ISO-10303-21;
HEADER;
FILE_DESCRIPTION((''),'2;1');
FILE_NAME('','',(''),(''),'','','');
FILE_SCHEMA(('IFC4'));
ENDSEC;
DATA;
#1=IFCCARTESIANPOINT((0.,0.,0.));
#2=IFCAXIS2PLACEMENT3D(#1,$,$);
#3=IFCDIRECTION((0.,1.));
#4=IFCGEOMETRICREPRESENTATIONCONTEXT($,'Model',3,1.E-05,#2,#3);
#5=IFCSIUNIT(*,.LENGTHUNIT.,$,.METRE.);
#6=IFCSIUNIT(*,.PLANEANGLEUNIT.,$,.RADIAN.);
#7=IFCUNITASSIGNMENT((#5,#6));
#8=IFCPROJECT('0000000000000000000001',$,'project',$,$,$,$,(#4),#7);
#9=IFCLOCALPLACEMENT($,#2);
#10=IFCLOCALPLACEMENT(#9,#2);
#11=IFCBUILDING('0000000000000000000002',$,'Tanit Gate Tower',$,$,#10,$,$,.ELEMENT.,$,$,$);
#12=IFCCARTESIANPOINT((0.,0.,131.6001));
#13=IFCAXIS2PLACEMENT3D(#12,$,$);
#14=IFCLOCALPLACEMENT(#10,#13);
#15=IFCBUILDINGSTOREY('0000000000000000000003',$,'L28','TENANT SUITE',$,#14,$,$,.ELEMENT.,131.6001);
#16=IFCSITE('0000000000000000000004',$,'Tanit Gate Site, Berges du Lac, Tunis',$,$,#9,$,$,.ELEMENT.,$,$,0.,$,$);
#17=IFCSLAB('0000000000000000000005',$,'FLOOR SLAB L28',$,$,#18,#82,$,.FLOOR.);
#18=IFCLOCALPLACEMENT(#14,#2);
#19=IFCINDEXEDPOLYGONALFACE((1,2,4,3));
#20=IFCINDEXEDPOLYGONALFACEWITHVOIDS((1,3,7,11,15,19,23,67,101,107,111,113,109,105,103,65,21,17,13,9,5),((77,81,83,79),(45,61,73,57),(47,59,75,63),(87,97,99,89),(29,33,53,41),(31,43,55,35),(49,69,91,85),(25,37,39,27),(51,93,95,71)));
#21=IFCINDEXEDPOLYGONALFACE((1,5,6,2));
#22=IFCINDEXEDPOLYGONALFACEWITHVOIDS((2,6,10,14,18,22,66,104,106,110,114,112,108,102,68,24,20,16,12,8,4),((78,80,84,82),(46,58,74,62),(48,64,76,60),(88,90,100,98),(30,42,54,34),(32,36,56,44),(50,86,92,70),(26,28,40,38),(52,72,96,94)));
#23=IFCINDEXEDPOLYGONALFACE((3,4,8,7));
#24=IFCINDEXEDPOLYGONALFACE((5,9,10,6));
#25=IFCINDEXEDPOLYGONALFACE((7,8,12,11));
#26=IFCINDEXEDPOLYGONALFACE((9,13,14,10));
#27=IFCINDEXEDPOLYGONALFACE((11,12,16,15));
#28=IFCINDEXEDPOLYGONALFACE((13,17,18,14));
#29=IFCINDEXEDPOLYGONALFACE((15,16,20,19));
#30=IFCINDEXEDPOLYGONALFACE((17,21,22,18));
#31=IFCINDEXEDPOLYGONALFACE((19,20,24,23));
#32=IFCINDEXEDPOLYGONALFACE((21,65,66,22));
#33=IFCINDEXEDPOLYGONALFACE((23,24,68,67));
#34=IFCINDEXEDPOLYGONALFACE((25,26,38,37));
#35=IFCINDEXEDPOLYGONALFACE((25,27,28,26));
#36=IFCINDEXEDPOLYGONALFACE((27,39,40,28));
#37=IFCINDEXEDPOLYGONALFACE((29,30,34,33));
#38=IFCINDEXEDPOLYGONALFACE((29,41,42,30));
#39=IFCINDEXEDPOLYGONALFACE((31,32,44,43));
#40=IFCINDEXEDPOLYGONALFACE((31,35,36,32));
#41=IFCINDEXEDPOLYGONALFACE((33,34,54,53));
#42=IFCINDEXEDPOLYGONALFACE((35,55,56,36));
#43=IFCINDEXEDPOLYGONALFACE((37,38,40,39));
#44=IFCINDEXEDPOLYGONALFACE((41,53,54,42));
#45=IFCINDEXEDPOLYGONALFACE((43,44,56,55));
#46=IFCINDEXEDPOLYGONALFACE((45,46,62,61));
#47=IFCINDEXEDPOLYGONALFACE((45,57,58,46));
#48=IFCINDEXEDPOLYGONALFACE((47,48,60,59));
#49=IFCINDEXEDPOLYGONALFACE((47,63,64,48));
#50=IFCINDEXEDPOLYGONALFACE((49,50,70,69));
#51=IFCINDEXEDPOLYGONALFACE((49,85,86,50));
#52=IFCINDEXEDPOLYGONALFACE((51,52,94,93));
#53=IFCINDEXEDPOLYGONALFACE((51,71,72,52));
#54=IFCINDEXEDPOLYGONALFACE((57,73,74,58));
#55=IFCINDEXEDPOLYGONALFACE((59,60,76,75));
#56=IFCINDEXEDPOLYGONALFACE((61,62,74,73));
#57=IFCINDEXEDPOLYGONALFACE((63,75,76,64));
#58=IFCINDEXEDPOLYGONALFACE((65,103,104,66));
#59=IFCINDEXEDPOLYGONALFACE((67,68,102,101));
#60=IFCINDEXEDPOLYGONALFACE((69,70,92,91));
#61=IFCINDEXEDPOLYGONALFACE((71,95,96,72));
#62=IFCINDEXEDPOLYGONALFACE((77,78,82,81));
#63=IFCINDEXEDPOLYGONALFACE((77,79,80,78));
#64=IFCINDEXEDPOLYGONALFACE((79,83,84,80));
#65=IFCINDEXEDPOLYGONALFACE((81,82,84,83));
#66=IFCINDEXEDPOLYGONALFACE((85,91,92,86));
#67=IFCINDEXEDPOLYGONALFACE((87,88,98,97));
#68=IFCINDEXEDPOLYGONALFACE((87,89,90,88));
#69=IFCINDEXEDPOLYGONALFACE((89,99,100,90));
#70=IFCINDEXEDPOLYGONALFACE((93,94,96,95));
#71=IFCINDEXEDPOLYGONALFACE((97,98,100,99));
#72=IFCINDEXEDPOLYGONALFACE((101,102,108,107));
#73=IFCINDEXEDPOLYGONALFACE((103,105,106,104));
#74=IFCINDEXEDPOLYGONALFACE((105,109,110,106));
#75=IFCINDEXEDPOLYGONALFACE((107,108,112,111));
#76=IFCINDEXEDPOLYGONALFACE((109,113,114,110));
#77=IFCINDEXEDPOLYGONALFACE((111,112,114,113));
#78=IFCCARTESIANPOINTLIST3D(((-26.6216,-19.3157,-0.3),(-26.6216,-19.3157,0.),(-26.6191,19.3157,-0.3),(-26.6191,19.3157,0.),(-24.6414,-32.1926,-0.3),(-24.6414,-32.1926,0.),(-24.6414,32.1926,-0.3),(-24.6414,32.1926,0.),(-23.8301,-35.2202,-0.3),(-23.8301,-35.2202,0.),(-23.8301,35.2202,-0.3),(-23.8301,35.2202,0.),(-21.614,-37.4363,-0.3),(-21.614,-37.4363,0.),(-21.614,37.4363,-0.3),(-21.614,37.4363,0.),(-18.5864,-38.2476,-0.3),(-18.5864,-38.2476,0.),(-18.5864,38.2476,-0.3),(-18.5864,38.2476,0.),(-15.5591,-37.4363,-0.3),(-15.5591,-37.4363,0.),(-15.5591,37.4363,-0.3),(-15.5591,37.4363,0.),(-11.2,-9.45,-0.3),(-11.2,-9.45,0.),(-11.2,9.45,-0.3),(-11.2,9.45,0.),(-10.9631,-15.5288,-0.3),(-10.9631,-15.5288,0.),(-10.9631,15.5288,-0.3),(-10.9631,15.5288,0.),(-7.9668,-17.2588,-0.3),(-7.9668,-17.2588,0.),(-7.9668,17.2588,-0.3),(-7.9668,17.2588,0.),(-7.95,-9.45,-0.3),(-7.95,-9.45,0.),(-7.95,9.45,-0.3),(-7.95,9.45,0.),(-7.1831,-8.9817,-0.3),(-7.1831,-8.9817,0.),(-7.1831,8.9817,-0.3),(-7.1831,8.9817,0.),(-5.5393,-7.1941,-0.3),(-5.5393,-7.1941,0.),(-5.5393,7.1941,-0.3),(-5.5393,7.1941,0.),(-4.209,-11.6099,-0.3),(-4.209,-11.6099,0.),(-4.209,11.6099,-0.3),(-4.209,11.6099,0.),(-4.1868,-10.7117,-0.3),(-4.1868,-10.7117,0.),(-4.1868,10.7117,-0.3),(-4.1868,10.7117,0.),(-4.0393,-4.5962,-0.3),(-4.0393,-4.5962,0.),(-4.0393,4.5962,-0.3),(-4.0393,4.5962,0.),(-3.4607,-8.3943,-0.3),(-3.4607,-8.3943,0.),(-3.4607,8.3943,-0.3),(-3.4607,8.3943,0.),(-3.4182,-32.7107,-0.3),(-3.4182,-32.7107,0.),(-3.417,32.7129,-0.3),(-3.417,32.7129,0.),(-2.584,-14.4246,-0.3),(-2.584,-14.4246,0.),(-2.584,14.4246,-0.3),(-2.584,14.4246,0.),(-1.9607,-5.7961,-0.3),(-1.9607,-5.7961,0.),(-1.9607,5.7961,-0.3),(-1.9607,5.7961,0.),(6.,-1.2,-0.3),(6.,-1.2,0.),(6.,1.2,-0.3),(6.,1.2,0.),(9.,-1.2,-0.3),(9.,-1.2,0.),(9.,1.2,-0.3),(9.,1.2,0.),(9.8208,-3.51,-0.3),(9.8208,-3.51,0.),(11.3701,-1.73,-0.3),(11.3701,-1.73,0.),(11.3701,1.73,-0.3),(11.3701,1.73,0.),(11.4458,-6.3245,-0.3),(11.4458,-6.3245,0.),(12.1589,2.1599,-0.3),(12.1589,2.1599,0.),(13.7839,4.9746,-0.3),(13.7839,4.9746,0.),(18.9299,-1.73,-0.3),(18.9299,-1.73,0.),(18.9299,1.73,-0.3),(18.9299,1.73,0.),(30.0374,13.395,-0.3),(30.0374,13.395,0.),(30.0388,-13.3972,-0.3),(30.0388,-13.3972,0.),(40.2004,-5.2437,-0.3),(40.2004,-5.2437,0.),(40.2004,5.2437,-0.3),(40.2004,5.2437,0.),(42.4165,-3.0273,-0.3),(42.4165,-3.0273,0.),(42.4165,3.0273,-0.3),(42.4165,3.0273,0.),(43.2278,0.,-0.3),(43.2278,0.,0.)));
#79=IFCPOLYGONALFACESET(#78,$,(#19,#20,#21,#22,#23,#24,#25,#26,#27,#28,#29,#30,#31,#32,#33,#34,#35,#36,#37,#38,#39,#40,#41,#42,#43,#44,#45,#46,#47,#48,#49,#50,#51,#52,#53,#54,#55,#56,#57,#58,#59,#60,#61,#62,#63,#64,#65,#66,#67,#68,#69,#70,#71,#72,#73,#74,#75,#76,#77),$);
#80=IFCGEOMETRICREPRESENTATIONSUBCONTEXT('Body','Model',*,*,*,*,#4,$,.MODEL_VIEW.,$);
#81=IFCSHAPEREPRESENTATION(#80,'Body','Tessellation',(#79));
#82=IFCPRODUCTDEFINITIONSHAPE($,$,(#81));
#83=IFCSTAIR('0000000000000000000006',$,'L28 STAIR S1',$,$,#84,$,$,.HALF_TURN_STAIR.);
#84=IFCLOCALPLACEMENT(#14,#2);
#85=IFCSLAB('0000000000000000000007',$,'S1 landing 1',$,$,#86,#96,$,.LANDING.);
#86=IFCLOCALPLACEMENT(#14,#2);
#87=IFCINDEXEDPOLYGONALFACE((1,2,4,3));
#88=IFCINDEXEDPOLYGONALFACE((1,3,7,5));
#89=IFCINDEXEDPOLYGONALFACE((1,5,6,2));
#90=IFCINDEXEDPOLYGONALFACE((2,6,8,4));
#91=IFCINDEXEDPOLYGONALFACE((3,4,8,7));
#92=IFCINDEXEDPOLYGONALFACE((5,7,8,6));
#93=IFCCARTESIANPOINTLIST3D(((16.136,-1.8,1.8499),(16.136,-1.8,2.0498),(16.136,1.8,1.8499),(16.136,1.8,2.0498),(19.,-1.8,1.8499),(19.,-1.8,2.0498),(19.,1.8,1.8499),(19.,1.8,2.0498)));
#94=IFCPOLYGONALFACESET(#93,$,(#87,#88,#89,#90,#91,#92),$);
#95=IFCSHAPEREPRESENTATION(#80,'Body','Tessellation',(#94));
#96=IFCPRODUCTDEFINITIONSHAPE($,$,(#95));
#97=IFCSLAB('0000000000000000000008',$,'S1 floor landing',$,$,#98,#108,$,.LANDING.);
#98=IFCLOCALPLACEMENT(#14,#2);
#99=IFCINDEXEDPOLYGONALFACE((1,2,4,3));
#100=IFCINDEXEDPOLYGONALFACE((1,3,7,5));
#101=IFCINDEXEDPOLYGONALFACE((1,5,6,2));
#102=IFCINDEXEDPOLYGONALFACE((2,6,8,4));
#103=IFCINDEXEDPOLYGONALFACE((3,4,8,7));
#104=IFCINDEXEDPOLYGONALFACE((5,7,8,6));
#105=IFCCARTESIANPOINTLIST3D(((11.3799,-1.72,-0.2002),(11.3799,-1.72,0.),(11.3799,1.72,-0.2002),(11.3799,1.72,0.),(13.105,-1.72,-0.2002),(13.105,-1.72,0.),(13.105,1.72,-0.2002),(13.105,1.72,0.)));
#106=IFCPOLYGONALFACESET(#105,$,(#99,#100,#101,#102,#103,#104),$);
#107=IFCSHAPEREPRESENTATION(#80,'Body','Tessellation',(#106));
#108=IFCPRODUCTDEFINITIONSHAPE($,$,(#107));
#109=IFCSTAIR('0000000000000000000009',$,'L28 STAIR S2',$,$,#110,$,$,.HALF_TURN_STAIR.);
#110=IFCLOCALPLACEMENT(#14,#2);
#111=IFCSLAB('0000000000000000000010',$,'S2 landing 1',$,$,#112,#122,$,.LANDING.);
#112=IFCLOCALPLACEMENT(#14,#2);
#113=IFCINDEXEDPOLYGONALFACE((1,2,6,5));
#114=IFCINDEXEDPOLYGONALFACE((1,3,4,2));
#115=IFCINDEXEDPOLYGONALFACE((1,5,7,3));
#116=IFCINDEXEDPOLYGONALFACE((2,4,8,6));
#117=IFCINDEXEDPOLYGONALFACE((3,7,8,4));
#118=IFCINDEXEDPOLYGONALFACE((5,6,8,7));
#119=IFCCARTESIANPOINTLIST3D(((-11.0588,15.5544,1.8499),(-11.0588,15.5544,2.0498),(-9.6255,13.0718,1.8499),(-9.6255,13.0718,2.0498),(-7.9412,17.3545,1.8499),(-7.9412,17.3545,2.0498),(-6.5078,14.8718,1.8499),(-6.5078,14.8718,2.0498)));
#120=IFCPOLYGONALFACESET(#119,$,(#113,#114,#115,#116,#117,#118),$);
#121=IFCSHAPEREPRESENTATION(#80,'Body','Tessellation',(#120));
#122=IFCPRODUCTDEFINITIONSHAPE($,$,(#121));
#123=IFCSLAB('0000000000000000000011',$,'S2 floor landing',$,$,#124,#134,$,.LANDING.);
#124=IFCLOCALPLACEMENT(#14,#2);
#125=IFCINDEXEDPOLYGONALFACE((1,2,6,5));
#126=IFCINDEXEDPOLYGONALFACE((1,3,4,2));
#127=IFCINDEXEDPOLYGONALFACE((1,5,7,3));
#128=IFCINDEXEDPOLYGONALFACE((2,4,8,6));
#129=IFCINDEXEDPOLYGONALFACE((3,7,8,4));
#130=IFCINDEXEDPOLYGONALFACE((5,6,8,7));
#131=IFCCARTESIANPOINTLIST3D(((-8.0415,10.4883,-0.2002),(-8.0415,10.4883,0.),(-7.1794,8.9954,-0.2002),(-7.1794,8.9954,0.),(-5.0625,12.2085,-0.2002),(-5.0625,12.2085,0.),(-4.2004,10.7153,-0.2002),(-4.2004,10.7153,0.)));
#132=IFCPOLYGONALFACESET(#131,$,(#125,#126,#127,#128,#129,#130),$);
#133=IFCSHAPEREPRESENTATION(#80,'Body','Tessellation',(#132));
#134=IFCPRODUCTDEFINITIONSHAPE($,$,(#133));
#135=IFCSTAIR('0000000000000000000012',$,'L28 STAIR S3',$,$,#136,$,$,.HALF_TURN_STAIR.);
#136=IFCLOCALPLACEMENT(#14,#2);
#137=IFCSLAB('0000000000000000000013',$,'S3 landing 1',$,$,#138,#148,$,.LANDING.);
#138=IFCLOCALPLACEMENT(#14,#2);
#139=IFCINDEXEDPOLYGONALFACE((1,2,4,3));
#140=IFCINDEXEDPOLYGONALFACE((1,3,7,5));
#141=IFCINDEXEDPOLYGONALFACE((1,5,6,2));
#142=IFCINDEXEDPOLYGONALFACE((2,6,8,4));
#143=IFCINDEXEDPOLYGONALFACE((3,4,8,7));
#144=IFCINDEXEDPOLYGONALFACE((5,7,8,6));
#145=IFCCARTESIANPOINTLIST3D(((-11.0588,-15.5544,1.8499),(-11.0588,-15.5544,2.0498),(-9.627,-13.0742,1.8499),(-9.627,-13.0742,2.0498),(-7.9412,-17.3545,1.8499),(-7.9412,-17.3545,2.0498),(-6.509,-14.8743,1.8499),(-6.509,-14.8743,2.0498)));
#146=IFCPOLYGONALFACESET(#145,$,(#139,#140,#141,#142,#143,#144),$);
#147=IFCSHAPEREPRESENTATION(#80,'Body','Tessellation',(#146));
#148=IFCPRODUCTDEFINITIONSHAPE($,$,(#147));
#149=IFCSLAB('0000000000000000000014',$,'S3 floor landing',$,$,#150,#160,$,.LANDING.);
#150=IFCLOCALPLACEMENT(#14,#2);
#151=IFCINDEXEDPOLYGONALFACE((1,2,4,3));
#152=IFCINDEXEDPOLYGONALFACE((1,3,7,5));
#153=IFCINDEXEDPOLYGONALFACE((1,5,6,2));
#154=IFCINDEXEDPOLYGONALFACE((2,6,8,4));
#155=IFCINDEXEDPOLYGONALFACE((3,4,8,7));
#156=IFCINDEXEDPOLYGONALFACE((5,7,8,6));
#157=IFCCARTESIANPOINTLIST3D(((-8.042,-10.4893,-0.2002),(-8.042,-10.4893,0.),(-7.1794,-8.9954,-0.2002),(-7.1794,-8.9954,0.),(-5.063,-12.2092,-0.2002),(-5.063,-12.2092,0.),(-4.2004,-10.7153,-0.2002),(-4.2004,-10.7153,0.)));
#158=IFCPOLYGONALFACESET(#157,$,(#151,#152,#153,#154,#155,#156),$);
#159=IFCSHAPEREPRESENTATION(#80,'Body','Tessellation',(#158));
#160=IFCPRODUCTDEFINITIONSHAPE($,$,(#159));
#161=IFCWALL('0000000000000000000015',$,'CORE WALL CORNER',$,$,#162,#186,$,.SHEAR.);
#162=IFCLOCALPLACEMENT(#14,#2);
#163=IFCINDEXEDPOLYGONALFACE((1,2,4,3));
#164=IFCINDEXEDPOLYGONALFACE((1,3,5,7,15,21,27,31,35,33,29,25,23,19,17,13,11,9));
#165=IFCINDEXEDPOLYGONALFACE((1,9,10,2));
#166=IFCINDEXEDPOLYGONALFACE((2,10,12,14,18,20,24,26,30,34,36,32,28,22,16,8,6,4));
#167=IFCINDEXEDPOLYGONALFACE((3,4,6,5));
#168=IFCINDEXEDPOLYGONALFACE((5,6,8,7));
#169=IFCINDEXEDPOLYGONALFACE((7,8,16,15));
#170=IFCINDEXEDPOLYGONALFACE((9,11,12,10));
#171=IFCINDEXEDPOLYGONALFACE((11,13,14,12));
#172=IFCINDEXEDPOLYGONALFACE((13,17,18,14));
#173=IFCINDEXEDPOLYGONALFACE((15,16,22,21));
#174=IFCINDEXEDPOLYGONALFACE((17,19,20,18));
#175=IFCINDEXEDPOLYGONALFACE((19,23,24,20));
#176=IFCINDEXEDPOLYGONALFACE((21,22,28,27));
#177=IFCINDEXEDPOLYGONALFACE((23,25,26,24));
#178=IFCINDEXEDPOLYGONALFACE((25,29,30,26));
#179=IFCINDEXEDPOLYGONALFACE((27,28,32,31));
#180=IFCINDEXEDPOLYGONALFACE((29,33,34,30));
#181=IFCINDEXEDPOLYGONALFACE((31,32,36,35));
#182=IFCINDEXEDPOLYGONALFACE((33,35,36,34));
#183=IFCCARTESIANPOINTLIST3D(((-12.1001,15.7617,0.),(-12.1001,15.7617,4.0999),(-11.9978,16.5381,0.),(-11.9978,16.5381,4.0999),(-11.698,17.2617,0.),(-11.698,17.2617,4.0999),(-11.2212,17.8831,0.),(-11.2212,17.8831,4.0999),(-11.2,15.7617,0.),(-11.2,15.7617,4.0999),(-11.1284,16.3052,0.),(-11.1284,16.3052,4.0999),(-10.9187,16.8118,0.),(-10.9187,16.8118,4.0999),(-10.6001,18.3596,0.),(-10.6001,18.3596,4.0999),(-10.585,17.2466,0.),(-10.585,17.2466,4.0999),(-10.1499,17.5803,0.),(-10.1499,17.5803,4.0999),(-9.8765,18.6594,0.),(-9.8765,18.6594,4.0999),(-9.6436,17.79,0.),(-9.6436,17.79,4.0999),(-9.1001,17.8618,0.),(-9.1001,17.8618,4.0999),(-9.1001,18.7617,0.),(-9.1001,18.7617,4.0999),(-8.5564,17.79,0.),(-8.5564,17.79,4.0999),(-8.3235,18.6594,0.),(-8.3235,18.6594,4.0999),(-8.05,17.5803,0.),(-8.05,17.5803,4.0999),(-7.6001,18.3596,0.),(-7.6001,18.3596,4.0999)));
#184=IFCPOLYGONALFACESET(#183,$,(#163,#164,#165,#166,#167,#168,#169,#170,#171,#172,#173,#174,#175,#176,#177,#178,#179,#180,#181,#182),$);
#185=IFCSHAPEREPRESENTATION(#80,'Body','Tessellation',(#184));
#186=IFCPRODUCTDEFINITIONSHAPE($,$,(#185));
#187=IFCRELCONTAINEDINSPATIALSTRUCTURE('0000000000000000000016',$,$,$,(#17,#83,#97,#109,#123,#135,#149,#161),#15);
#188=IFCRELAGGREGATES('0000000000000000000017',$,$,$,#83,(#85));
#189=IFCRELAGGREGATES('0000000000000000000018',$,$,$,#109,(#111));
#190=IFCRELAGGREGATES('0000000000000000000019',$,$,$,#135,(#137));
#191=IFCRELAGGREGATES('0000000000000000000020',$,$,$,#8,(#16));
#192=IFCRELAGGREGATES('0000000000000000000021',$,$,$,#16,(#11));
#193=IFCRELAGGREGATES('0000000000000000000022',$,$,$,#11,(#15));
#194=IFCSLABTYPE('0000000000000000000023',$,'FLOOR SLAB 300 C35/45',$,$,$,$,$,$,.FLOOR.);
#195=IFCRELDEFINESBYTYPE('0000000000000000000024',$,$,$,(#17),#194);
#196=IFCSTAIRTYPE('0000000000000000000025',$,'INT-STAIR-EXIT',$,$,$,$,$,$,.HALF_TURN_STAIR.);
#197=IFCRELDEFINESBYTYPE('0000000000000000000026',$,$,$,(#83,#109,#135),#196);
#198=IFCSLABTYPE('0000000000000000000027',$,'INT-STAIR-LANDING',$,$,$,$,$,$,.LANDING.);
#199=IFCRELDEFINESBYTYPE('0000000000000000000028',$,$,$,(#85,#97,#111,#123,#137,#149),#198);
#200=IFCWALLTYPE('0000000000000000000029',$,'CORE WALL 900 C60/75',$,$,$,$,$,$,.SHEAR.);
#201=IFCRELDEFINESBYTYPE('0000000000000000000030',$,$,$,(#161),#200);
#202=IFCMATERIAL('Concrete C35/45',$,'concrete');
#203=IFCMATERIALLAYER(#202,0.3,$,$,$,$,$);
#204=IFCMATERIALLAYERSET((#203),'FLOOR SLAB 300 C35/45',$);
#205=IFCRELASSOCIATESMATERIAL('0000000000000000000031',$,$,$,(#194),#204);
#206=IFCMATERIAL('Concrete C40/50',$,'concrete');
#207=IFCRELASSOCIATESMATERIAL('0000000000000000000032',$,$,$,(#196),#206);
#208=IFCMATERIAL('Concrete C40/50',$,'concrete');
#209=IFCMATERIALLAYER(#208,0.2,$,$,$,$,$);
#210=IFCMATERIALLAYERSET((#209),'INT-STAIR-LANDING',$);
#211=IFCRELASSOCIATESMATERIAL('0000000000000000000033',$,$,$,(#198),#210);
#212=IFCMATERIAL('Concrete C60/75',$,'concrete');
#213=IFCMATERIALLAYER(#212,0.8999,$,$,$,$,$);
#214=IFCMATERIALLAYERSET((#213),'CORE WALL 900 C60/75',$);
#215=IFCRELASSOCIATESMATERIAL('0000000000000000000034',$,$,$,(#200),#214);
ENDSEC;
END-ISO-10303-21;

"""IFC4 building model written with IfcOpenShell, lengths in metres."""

from ifc_helpers import new_model, si_unit, direction, frame, origin, place, context, subcontext, project, spatial, polyline, outline, extrude, material, layer, layer_set, type_object, element, aggregate, save


model = new_model("IFC4")

# Units and contexts
model_context = context("Model", 3, precision=1e-05, world=origin(), true_north=direction((0.0, 1.0)))
body_context = subcontext(model_context, "Body", "Model", "MODEL_VIEW")
ifc_project = project(units=[si_unit("LENGTHUNIT", "METRE"), si_unit("PLANEANGLEUNIT", "RADIAN")], contexts=[model_context])

# Site, building, storey
site_placement = place(None, origin())
site = spatial("IfcSite", under=ifc_project, at=site_placement, Name="Tanit Gate Site, Berges du Lac, Tunis", CompositionType="ELEMENT", RefElevation=0.0)
building_placement = place(site_placement, origin())
building = spatial("IfcBuilding", under=site, at=building_placement, Name="Tanit Gate Tower", CompositionType="ELEMENT")
storey_placement = place(building_placement, frame((0.0, 0.0, 131.6001)))
storey = spatial("IfcBuildingStorey", under=building, at=storey_placement, Name="L28", Description="TENANT SUITE", CompositionType="ELEMENT", Elevation=131.6001)

# Slab
ifc_material_1 = material(Name="Concrete C35/45", Category="concrete")
ifc_layer_1 = layer(ifc_material_1, 0.3)
ifc_layer_set_1 = layer_set([ifc_layer_1], Name="FLOOR SLAB 300 C35/45")
slab_type_1 = type_object("IfcSlabType", Name="FLOOR SLAB 300 C35/45", PredefinedType="FLOOR", material=ifc_layer_set_1)
slab_1_placement = place(storey_placement, frame((0.0, 0.0, -0.3)))
element("IfcSlab", 1, at=slab_1_placement, inside=storey, type_object=slab_type_1, Name="FLOOR SLAB L28", PredefinedType="FLOOR", context=body_context, shape_type="SweptSolid", body=[
    extrude(outline(polyline([(40.2004, 5.2437), (42.4165, 3.0273), (43.2278, 0.0), (42.4165, -3.0273), (40.2004, -5.2437), (30.0388, -13.3972), (-3.4182, -32.7107), (-15.5591, -37.4363), (-18.5864, -38.2476), (-21.614, -37.4363), (-23.8301, -35.2202), (-24.6414, -32.1926), (-26.6216, -19.3157), (-26.6191, 19.3157), (-24.6414, 32.1926), (-23.8301, 35.2202), (-21.614, 37.4363), (-18.5864, 38.2476), (-15.5591, 37.4363), (-3.417, 32.7129), (30.0374, 13.395), (40.2004, 5.2437)]), holes=[polyline([(11.3701, 1.73), (18.9299, 1.73), (18.9299, -1.73), (11.3701, -1.73), (11.3701, 1.73)]), polyline([(-4.209, 11.6099), (-2.584, 14.4246), (13.7839, 4.9746), (12.1589, 2.1599), (-4.209, 11.6099)]), polyline([(-4.209, -11.6099), (9.8208, -3.51), (11.4458, -6.3245), (-2.584, -14.4246), (-4.209, -11.6099)]), polyline([(9.0, 1.2), (9.0, -1.2), (6.0, -1.2), (6.0, 1.2), (9.0, 1.2)]), polyline([(-5.5393, 7.1941), (-3.4607, 8.3943), (-1.9607, 5.7961), (-4.0393, 4.5962), (-5.5393, 7.1941)]), polyline([(-1.9607, -5.7961), (-3.4607, -8.3943), (-5.5393, -7.1941), (-4.0393, -4.5962), (-1.9607, -5.7961)]), polyline([(-10.9631, 15.5288), (-7.9668, 17.2588), (-4.1868, 10.7117), (-7.1831, 8.9817), (-10.9631, 15.5288)]), polyline([(-4.1868, -10.7117), (-7.9668, -17.2588), (-10.9631, -15.5288), (-7.1831, -8.9817), (-4.1868, -10.7117)]), polyline([(-11.2, -9.45), (-11.2, 9.45), (-7.95, 9.45), (-7.95, -9.45), (-11.2, -9.45)])]), origin(), (0.0, 0.0, 1.0), 0.3),
])

# Stair, slab
ifc_material_2 = material(Name="Concrete C40/50", Category="concrete")
stair_type = type_object("IfcStairType", Name="INT-STAIR-EXIT", PredefinedType="HALF_TURN_STAIR", material=ifc_material_2)
stair_1_placement = place(storey_placement, origin())
stair_1 = element("IfcStair", 2, at=stair_1_placement, inside=storey, type_object=stair_type, Name="L28 STAIR S1", PredefinedType="HALF_TURN_STAIR")
ifc_material_3 = material(Name="Concrete C40/50", Category="concrete")
ifc_layer_2 = layer(ifc_material_3, 0.2)
ifc_layer_set_2 = layer_set([ifc_layer_2], Name="INT-STAIR-LANDING")
slab_type_2 = type_object("IfcSlabType", Name="INT-STAIR-LANDING", PredefinedType="LANDING", material=ifc_layer_set_2)
slab_2_placement = place(storey_placement, frame((0.0, 0.0, 1.8499)))
slab_2 = element("IfcSlab", 3, at=slab_2_placement, type_object=slab_type_2, Name="S1 landing 1", PredefinedType="LANDING", context=body_context, shape_type="SweptSolid", body=[
    extrude(outline(polyline([(16.136, -1.8), (19.0, -1.8), (19.0, 1.8), (16.136, 1.8), (16.136, -1.8)])), origin(), (0.0, 0.0, 1.0), 0.2),
])
aggregate(stair_1, [slab_2])

# Slab
slab_3_placement = place(storey_placement, frame((0.0, 0.0, -0.2002)))
element("IfcSlab", 4, at=slab_3_placement, inside=storey, type_object=slab_type_2, Name="S1 floor landing", PredefinedType="LANDING", context=body_context, shape_type="SweptSolid", body=[
    extrude(outline(polyline([(11.3799, -1.72), (13.105, -1.72), (13.105, 1.72), (11.3799, 1.72), (11.3799, -1.72)])), origin(), (0.0, 0.0, 1.0), 0.2002),
])

# Stair, slab
stair_2_placement = place(storey_placement, origin())
stair_2 = element("IfcStair", 5, at=stair_2_placement, inside=storey, type_object=stair_type, Name="L28 STAIR S2", PredefinedType="HALF_TURN_STAIR")
slab_4_placement = place(storey_placement, frame((0.0, 0.0, 1.8499)))
slab_4 = element("IfcSlab", 6, at=slab_4_placement, type_object=slab_type_2, Name="S2 landing 1", PredefinedType="LANDING", context=body_context, shape_type="SweptSolid", body=[
    extrude(outline(polyline([(-6.5078, 14.8718), (-7.9412, 17.3545), (-11.0588, 15.5544), (-9.6255, 13.0718), (-6.5078, 14.8718)])), origin(), (0.0, 0.0, 1.0), 0.2),
])
aggregate(stair_2, [slab_4])

# Slab
slab_5_placement = place(storey_placement, frame((0.0, 0.0, -0.2002)))
element("IfcSlab", 7, at=slab_5_placement, inside=storey, type_object=slab_type_2, Name="S2 floor landing", PredefinedType="LANDING", context=body_context, shape_type="SweptSolid", body=[
    extrude(outline(polyline([(-4.2004, 10.7153), (-5.0625, 12.2085), (-8.0415, 10.4883), (-7.1794, 8.9954), (-4.2004, 10.7153)])), origin(), (0.0, 0.0, 1.0), 0.2002),
])

# Stair, slab
stair_3_placement = place(storey_placement, origin())
stair_3 = element("IfcStair", 8, at=stair_3_placement, inside=storey, type_object=stair_type, Name="L28 STAIR S3", PredefinedType="HALF_TURN_STAIR")
slab_6_placement = place(storey_placement, frame((0.0, 0.0, 1.8499)))
slab_6 = element("IfcSlab", 9, at=slab_6_placement, type_object=slab_type_2, Name="S3 landing 1", PredefinedType="LANDING", context=body_context, shape_type="SweptSolid", body=[
    extrude(outline(polyline([(-9.627, -13.0742), (-11.0588, -15.5544), (-7.9412, -17.3545), (-6.509, -14.8743), (-9.627, -13.0742)])), origin(), (0.0, 0.0, 1.0), 0.2),
])
aggregate(stair_3, [slab_6])

# Slab
slab_7_placement = place(storey_placement, frame((0.0, 0.0, -0.2002)))
element("IfcSlab", 10, at=slab_7_placement, inside=storey, type_object=slab_type_2, Name="S3 floor landing", PredefinedType="LANDING", context=body_context, shape_type="SweptSolid", body=[
    extrude(outline(polyline([(-7.1794, -8.9954), (-8.042, -10.4893), (-5.063, -12.2092), (-4.2004, -10.7153), (-7.1794, -8.9954)])), origin(), (0.0, 0.0, 1.0), 0.2002),
])

# Wall
ifc_material_4 = material(Name="Concrete C60/75", Category="concrete")
ifc_layer_3 = layer(ifc_material_4, 0.8999)
ifc_layer_set_3 = layer_set([ifc_layer_3], Name="CORE WALL 900 C60/75")
wall_type_1 = type_object("IfcWallType", Name="CORE WALL 900 C60/75", PredefinedType="SHEAR", material=ifc_layer_set_3)
wall_1_placement = place(storey_placement, origin())
element("IfcWall", 11, at=wall_1_placement, inside=storey, type_object=wall_type_1, Name="CORE WALL CORNER", PredefinedType="SHEAR", context=body_context, shape_type="SweptSolid", body=[
    extrude(outline(polyline([(-7.6001, 18.3596), (-8.3235, 18.6594), (-9.1001, 18.7617), (-9.8765, 18.6594), (-10.6001, 18.3596), (-11.2212, 17.8831), (-11.698, 17.2617), (-11.9978, 16.5381), (-12.1001, 15.7617), (-11.2, 15.7617), (-11.1284, 16.3052), (-10.9187, 16.8118), (-10.585, 17.2466), (-10.1499, 17.5803), (-9.6436, 17.79), (-9.1001, 17.8618), (-8.5564, 17.79), (-8.05, 17.5803), (-7.6001, 18.3596)])), origin(), (0.0, 0.0, 1.0), 4.0999),
])

save(model, "model.ifc")
